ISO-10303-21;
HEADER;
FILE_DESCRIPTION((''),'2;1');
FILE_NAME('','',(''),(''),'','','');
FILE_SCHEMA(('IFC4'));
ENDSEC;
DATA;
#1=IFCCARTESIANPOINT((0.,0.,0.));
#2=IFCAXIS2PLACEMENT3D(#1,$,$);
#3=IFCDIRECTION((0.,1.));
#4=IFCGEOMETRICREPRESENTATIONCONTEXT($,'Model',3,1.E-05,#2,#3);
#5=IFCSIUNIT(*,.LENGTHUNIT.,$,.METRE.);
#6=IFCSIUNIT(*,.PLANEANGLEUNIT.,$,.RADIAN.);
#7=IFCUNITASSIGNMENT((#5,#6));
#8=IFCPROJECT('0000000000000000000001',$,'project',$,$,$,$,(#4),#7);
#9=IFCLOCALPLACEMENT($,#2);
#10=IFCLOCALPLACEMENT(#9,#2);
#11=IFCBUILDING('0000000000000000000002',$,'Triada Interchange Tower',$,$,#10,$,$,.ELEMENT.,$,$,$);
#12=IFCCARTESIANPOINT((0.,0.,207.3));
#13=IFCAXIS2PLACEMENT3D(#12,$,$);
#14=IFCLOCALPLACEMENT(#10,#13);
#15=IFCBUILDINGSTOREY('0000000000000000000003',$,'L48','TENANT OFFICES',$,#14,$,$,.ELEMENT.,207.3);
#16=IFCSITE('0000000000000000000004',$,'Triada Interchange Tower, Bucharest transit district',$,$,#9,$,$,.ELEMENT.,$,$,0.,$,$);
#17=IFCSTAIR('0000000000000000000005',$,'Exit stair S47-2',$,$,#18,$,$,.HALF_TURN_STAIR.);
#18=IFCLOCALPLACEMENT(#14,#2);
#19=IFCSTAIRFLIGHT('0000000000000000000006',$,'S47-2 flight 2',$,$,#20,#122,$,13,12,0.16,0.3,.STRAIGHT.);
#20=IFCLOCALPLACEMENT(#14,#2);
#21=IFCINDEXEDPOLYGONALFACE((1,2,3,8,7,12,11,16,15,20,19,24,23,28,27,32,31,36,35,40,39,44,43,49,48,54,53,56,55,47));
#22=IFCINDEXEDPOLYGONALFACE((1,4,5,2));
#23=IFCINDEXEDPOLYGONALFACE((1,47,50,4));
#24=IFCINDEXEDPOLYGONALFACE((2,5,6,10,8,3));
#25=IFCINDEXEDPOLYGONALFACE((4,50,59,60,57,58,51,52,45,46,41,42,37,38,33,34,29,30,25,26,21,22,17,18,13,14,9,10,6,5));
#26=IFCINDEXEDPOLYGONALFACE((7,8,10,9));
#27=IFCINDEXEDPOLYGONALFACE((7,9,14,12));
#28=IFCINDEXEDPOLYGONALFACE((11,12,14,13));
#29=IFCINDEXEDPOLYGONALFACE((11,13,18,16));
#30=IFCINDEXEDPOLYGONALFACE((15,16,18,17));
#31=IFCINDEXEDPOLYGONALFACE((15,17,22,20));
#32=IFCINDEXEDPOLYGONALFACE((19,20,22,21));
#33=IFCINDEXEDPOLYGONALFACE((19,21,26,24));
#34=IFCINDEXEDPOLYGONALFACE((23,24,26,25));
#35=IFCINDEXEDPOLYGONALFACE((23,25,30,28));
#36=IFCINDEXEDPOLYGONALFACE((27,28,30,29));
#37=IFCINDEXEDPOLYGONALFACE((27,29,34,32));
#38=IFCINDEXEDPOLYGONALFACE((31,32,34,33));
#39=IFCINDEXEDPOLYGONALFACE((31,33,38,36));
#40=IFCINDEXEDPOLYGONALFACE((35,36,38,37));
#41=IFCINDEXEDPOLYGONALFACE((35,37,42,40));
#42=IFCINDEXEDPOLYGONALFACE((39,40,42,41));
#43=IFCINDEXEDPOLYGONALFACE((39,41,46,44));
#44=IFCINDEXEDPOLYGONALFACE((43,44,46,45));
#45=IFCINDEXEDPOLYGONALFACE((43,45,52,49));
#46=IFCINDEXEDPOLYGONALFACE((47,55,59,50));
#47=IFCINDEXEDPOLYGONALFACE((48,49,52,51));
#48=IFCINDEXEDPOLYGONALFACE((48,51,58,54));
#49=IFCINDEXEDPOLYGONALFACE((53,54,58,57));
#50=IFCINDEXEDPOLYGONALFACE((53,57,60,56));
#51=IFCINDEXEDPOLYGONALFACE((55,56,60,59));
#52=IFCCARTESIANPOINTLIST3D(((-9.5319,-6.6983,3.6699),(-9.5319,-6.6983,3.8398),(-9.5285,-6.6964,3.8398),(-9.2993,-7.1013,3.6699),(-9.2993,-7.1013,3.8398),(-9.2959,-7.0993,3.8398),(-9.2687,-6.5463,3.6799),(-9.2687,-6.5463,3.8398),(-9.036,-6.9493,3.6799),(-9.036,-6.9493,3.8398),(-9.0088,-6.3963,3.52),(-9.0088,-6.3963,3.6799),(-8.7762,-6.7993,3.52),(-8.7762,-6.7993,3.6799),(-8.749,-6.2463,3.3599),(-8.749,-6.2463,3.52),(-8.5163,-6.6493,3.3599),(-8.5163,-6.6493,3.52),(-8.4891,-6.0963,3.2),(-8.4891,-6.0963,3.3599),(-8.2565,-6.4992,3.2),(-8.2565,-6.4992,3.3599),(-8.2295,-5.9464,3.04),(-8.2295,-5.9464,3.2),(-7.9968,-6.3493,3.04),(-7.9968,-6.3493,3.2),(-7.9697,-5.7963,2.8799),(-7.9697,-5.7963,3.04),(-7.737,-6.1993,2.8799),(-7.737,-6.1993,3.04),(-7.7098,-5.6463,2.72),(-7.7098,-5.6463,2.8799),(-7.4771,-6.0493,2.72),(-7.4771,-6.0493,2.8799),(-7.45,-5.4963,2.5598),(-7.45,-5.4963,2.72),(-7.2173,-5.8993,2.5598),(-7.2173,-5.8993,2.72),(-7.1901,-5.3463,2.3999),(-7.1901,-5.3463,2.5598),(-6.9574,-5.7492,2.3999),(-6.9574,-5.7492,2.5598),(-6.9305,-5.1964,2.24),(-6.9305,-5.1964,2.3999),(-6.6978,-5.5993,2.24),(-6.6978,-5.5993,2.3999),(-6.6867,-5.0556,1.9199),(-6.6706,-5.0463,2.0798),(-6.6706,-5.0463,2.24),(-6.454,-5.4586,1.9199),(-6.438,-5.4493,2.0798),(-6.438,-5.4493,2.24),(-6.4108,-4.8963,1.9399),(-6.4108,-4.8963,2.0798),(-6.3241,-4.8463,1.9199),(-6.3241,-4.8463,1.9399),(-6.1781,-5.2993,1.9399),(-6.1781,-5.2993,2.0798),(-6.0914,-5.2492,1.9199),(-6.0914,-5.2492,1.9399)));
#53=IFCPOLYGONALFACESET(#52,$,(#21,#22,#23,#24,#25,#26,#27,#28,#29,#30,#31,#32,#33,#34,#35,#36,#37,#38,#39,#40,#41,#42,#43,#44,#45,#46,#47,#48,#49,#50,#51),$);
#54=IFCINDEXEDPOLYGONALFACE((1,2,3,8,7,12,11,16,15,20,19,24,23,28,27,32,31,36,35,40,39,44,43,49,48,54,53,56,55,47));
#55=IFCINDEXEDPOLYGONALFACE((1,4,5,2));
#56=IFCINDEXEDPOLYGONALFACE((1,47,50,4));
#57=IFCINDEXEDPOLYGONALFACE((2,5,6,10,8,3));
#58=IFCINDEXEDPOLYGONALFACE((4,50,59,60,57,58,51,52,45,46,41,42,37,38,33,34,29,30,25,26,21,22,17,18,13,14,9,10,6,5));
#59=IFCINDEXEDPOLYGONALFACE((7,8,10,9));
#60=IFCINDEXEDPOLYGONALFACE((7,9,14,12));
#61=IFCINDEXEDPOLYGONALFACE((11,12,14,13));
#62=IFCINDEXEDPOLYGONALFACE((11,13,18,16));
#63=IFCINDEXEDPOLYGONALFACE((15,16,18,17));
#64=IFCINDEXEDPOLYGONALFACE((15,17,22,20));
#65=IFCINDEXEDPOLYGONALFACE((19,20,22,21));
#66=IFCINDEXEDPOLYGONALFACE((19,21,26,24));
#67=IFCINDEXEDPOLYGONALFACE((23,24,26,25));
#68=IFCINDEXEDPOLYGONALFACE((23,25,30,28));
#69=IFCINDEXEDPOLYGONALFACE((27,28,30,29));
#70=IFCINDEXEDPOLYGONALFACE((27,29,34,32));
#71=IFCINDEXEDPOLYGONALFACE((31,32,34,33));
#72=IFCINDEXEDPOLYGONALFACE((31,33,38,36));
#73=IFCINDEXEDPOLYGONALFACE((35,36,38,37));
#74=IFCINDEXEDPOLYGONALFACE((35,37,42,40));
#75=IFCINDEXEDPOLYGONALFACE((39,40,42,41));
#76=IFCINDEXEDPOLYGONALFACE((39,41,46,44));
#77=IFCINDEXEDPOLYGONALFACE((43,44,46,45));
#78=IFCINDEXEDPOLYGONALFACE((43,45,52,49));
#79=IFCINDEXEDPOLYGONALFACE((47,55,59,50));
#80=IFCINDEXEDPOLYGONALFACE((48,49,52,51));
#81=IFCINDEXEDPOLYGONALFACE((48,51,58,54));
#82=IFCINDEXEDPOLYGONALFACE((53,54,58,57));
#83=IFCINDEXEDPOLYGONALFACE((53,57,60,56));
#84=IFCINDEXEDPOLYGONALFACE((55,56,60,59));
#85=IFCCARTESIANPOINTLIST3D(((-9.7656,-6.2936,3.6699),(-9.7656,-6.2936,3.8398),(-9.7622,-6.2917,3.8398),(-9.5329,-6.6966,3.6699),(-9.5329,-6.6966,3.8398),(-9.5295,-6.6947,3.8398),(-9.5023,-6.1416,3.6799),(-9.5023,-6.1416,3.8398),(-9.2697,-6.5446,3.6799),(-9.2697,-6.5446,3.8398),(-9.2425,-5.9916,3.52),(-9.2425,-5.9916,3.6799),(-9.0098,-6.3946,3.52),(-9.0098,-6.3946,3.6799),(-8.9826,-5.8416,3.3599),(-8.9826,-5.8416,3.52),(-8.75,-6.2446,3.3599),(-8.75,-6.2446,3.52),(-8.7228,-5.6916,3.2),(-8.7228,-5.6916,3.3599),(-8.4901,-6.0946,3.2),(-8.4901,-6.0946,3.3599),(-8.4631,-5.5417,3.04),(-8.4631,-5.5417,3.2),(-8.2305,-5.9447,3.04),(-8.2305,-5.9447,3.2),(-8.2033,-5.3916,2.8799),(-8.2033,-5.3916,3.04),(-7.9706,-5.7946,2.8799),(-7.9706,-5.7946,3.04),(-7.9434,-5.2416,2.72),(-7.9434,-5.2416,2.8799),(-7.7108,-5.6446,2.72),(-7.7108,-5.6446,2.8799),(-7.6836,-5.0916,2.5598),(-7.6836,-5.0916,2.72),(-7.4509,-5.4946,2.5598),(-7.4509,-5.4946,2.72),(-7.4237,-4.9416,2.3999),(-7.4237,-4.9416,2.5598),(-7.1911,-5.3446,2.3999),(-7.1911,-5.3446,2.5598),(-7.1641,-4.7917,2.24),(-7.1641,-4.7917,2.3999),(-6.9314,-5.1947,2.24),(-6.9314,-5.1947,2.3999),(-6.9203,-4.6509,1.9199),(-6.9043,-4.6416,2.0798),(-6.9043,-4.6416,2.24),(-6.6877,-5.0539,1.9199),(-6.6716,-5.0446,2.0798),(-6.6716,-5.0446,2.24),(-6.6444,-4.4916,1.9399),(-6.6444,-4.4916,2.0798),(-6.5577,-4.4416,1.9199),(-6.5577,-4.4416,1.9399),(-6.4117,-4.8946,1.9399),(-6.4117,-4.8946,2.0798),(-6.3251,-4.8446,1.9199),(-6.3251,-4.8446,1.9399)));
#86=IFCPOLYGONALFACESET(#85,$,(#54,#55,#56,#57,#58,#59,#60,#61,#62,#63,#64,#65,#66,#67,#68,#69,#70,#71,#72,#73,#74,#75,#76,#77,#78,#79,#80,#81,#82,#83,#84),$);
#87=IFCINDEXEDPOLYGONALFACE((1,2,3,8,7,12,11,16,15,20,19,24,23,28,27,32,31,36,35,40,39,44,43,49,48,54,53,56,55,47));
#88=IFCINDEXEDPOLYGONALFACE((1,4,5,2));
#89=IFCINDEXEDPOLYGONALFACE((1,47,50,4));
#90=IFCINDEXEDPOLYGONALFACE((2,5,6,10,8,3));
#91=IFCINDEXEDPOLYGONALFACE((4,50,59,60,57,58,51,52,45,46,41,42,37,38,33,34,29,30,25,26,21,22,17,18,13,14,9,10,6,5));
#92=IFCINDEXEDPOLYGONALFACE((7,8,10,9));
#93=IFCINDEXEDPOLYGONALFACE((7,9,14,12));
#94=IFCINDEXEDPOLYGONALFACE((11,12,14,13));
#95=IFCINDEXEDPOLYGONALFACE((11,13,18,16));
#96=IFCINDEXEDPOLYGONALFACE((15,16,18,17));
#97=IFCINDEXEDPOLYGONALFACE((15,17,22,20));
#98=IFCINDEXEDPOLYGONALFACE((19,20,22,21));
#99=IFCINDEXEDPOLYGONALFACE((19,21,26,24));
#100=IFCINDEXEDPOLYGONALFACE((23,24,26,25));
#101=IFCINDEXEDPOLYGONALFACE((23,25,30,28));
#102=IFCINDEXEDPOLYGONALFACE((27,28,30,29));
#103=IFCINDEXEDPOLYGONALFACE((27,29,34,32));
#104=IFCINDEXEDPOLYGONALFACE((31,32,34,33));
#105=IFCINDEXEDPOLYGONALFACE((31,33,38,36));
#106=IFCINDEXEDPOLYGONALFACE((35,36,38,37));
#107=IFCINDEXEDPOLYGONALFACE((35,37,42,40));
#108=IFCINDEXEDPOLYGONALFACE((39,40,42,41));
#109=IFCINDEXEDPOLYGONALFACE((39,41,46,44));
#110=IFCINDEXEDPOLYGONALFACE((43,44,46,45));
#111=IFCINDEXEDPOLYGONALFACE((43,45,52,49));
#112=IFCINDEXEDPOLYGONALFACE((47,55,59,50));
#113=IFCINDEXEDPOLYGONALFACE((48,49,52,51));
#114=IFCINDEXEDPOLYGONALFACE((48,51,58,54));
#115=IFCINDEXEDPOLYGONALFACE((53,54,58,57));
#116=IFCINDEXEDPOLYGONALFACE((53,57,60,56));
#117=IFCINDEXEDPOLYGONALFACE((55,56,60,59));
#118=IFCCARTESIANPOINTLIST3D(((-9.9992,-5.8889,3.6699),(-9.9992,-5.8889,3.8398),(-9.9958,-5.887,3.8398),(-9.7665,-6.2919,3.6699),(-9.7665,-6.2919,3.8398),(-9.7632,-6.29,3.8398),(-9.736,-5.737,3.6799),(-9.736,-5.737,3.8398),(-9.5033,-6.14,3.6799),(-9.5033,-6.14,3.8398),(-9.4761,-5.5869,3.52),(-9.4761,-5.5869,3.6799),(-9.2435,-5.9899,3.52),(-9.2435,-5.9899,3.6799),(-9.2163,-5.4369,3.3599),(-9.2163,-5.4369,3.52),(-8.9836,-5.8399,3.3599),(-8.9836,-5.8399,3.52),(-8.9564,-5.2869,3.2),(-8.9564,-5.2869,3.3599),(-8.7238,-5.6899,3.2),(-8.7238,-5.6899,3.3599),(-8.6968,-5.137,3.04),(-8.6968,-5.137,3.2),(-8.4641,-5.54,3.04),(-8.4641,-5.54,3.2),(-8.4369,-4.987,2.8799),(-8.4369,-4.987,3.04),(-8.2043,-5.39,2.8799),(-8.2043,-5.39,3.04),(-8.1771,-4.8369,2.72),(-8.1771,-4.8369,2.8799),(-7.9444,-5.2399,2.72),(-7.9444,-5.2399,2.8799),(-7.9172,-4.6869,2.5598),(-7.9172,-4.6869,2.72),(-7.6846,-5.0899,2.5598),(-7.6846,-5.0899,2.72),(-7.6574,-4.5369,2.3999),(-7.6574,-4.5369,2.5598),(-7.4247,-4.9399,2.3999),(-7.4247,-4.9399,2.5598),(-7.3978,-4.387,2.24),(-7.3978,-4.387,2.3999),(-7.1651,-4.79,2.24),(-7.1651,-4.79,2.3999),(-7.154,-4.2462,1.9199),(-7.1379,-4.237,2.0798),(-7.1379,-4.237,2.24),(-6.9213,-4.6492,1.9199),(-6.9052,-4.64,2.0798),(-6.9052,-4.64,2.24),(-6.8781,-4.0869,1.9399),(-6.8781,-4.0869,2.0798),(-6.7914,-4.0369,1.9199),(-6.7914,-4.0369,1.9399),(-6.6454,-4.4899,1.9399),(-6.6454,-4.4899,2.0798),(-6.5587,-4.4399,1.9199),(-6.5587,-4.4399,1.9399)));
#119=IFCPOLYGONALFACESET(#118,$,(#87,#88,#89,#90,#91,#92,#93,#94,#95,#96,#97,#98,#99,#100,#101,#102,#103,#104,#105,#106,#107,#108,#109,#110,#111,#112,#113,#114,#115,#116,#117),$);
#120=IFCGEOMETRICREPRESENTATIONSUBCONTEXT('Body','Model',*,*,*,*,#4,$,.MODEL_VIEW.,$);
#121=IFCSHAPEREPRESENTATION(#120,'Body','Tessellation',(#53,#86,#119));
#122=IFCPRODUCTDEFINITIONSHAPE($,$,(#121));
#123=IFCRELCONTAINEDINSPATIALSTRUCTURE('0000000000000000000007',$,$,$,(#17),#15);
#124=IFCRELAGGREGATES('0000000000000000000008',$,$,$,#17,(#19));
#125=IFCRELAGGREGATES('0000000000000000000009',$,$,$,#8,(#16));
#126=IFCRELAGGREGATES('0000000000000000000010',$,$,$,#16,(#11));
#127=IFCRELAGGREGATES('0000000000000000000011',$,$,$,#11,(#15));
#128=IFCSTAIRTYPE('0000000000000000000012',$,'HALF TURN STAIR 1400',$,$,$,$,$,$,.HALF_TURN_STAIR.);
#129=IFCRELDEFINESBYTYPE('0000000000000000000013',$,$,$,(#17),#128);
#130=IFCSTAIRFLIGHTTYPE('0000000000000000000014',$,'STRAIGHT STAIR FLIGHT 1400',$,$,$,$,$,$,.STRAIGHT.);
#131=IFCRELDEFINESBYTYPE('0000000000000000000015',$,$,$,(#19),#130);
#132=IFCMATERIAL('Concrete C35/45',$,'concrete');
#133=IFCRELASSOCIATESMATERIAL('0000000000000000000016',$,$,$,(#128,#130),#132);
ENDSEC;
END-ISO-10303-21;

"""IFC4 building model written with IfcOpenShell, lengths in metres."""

from ifc_helpers import new_model, si_unit, direction, frame, origin, place, context, subcontext, project, spatial, polyline, outline, extrude, material, type_object, element, aggregate, save


model = new_model("IFC4")

# Units and contexts
model_context = context("Model", 3, precision=1e-05, world=origin(), true_north=direction((0.0, 1.0)))
body_context = subcontext(model_context, "Body", "Model", "MODEL_VIEW")
ifc_project = project(units=[si_unit("LENGTHUNIT", "METRE"), si_unit("PLANEANGLEUNIT", "RADIAN")], contexts=[model_context])

# Site, building, storey
site_placement = place(None, origin())
site = spatial("IfcSite", under=ifc_project, at=site_placement, Name="Triada Interchange Tower, Bucharest transit district", CompositionType="ELEMENT", RefElevation=0.0)
building_placement = place(site_placement, origin())
building = spatial("IfcBuilding", under=site, at=building_placement, Name="Triada Interchange Tower", CompositionType="ELEMENT")
storey_placement = place(building_placement, frame((0.0, 0.0, 207.3)))
storey = spatial("IfcBuildingStorey", under=building, at=storey_placement, Name="L48", Description="TENANT OFFICES", CompositionType="ELEMENT", Elevation=207.3)

# Stair, stair flight
ifc_material_1 = material(Name="Concrete C35/45", Category="concrete")
stair_type = type_object("IfcStairType", Name="HALF TURN STAIR 1400", PredefinedType="HALF_TURN_STAIR", material=ifc_material_1)
stair_placement = place(storey_placement, origin())
stair = element("IfcStair", 1, at=stair_placement, inside=storey, type_object=stair_type, Name="Exit stair S47-2", PredefinedType="HALF_TURN_STAIR")
stair_flight_type = type_object("IfcStairFlightType", Name="STRAIGHT STAIR FLIGHT 1400", PredefinedType="STRAIGHT", material=ifc_material_1)
stair_flight_1_placement = place(storey_placement, frame((-6.5281, -4.6931, 1.9199), z_axis=(0.0, 0.0, 1.0), x_axis=(-0.866025, -0.5, 0.0)))
stair_flight_1 = element("IfcStairFlight", 2, at=stair_flight_1_placement, type_object=stair_flight_type, Name="S47-2 flight 2", NumberOfRisers=13, NumberOfTreads=12, PredefinedType="STRAIGHT", RiserHeight=0.16, TreadLength=0.3, context=body_context, shape_type="SweptSolid", body=[
    extrude(outline(polyline([(-0.1001, 0.0), (-0.1001, 0.02), (0.0, 0.02), (0.0, 0.1599), (0.3, 0.1599), (0.3, 0.3201), (0.6001, 0.3201), (0.6001, 0.48), (0.8999, 0.48), (0.8999, 0.6399), (1.2, 0.6399), (1.2, 0.8), (1.5, 0.8), (1.5, 0.96), (1.8, 0.96), (1.8, 1.1201), (2.1001, 1.1201), (2.1001, 1.28), (2.3999, 1.28), (2.3999, 1.4399), (2.7, 1.4399), (2.7, 1.6001), (3.0, 1.6001), (3.0, 1.76), (3.3, 1.76), (3.3, 1.9199), (3.6001, 1.9199), (3.604, 1.9199), (3.604, 2.0801), (3.604, 1.75), (0.3186, 0.0), (-0.1001, 0.0)])), frame((0.0, 0.7, 0.0), z_axis=(0.0, -1.0, 0.0), x_axis=(1.0, 0.0, 0.0)), (0.0, 0.0, 1.0), 0.4653),
    extrude(outline(polyline([(-0.1001, 0.0), (-0.1001, 0.02), (0.0, 0.02), (0.0, 0.1599), (0.3, 0.1599), (0.3, 0.3201), (0.6001, 0.3201), (0.6001, 0.48), (0.8999, 0.48), (0.8999, 0.6399), (1.2, 0.6399), (1.2, 0.8), (1.5, 0.8), (1.5, 0.96), (1.8, 0.96), (1.8, 1.1201), (2.1001, 1.1201), (2.1001, 1.28), (2.3999, 1.28), (2.3999, 1.4399), (2.7, 1.4399), (2.7, 1.6001), (3.0, 1.6001), (3.0, 1.76), (3.3, 1.76), (3.3, 1.9199), (3.6001, 1.9199), (3.604, 1.9199), (3.604, 2.0801), (3.604, 1.75), (0.3186, 0.0), (-0.1001, 0.0)])), frame((0.0, 0.2327, 0.0), z_axis=(0.0, -1.0, 0.0), x_axis=(1.0, 0.0, 0.0)), (0.0, 0.0, 1.0), 0.4653),
    extrude(outline(polyline([(-0.1001, 0.0), (-0.1001, 0.02), (0.0, 0.02), (0.0, 0.1599), (0.3, 0.1599), (0.3, 0.3201), (0.6001, 0.3201), (0.6001, 0.48), (0.8999, 0.48), (0.8999, 0.6399), (1.2, 0.6399), (1.2, 0.8), (1.5, 0.8), (1.5, 0.96), (1.8, 0.96), (1.8, 1.1201), (2.1001, 1.1201), (2.1001, 1.28), (2.3999, 1.28), (2.3999, 1.4399), (2.7, 1.4399), (2.7, 1.6001), (3.0, 1.6001), (3.0, 1.76), (3.3, 1.76), (3.3, 1.9199), (3.6001, 1.9199), (3.604, 1.9199), (3.604, 2.0801), (3.604, 1.75), (0.3186, 0.0), (-0.1001, 0.0)])), frame((0.0, -0.2346, 0.0), z_axis=(0.0, -1.0, 0.0), x_axis=(1.0, 0.0, 0.0)), (0.0, 0.0, 1.0), 0.4653),
])
aggregate(stair, [stair_flight_1])

save(model, "model.ifc")
